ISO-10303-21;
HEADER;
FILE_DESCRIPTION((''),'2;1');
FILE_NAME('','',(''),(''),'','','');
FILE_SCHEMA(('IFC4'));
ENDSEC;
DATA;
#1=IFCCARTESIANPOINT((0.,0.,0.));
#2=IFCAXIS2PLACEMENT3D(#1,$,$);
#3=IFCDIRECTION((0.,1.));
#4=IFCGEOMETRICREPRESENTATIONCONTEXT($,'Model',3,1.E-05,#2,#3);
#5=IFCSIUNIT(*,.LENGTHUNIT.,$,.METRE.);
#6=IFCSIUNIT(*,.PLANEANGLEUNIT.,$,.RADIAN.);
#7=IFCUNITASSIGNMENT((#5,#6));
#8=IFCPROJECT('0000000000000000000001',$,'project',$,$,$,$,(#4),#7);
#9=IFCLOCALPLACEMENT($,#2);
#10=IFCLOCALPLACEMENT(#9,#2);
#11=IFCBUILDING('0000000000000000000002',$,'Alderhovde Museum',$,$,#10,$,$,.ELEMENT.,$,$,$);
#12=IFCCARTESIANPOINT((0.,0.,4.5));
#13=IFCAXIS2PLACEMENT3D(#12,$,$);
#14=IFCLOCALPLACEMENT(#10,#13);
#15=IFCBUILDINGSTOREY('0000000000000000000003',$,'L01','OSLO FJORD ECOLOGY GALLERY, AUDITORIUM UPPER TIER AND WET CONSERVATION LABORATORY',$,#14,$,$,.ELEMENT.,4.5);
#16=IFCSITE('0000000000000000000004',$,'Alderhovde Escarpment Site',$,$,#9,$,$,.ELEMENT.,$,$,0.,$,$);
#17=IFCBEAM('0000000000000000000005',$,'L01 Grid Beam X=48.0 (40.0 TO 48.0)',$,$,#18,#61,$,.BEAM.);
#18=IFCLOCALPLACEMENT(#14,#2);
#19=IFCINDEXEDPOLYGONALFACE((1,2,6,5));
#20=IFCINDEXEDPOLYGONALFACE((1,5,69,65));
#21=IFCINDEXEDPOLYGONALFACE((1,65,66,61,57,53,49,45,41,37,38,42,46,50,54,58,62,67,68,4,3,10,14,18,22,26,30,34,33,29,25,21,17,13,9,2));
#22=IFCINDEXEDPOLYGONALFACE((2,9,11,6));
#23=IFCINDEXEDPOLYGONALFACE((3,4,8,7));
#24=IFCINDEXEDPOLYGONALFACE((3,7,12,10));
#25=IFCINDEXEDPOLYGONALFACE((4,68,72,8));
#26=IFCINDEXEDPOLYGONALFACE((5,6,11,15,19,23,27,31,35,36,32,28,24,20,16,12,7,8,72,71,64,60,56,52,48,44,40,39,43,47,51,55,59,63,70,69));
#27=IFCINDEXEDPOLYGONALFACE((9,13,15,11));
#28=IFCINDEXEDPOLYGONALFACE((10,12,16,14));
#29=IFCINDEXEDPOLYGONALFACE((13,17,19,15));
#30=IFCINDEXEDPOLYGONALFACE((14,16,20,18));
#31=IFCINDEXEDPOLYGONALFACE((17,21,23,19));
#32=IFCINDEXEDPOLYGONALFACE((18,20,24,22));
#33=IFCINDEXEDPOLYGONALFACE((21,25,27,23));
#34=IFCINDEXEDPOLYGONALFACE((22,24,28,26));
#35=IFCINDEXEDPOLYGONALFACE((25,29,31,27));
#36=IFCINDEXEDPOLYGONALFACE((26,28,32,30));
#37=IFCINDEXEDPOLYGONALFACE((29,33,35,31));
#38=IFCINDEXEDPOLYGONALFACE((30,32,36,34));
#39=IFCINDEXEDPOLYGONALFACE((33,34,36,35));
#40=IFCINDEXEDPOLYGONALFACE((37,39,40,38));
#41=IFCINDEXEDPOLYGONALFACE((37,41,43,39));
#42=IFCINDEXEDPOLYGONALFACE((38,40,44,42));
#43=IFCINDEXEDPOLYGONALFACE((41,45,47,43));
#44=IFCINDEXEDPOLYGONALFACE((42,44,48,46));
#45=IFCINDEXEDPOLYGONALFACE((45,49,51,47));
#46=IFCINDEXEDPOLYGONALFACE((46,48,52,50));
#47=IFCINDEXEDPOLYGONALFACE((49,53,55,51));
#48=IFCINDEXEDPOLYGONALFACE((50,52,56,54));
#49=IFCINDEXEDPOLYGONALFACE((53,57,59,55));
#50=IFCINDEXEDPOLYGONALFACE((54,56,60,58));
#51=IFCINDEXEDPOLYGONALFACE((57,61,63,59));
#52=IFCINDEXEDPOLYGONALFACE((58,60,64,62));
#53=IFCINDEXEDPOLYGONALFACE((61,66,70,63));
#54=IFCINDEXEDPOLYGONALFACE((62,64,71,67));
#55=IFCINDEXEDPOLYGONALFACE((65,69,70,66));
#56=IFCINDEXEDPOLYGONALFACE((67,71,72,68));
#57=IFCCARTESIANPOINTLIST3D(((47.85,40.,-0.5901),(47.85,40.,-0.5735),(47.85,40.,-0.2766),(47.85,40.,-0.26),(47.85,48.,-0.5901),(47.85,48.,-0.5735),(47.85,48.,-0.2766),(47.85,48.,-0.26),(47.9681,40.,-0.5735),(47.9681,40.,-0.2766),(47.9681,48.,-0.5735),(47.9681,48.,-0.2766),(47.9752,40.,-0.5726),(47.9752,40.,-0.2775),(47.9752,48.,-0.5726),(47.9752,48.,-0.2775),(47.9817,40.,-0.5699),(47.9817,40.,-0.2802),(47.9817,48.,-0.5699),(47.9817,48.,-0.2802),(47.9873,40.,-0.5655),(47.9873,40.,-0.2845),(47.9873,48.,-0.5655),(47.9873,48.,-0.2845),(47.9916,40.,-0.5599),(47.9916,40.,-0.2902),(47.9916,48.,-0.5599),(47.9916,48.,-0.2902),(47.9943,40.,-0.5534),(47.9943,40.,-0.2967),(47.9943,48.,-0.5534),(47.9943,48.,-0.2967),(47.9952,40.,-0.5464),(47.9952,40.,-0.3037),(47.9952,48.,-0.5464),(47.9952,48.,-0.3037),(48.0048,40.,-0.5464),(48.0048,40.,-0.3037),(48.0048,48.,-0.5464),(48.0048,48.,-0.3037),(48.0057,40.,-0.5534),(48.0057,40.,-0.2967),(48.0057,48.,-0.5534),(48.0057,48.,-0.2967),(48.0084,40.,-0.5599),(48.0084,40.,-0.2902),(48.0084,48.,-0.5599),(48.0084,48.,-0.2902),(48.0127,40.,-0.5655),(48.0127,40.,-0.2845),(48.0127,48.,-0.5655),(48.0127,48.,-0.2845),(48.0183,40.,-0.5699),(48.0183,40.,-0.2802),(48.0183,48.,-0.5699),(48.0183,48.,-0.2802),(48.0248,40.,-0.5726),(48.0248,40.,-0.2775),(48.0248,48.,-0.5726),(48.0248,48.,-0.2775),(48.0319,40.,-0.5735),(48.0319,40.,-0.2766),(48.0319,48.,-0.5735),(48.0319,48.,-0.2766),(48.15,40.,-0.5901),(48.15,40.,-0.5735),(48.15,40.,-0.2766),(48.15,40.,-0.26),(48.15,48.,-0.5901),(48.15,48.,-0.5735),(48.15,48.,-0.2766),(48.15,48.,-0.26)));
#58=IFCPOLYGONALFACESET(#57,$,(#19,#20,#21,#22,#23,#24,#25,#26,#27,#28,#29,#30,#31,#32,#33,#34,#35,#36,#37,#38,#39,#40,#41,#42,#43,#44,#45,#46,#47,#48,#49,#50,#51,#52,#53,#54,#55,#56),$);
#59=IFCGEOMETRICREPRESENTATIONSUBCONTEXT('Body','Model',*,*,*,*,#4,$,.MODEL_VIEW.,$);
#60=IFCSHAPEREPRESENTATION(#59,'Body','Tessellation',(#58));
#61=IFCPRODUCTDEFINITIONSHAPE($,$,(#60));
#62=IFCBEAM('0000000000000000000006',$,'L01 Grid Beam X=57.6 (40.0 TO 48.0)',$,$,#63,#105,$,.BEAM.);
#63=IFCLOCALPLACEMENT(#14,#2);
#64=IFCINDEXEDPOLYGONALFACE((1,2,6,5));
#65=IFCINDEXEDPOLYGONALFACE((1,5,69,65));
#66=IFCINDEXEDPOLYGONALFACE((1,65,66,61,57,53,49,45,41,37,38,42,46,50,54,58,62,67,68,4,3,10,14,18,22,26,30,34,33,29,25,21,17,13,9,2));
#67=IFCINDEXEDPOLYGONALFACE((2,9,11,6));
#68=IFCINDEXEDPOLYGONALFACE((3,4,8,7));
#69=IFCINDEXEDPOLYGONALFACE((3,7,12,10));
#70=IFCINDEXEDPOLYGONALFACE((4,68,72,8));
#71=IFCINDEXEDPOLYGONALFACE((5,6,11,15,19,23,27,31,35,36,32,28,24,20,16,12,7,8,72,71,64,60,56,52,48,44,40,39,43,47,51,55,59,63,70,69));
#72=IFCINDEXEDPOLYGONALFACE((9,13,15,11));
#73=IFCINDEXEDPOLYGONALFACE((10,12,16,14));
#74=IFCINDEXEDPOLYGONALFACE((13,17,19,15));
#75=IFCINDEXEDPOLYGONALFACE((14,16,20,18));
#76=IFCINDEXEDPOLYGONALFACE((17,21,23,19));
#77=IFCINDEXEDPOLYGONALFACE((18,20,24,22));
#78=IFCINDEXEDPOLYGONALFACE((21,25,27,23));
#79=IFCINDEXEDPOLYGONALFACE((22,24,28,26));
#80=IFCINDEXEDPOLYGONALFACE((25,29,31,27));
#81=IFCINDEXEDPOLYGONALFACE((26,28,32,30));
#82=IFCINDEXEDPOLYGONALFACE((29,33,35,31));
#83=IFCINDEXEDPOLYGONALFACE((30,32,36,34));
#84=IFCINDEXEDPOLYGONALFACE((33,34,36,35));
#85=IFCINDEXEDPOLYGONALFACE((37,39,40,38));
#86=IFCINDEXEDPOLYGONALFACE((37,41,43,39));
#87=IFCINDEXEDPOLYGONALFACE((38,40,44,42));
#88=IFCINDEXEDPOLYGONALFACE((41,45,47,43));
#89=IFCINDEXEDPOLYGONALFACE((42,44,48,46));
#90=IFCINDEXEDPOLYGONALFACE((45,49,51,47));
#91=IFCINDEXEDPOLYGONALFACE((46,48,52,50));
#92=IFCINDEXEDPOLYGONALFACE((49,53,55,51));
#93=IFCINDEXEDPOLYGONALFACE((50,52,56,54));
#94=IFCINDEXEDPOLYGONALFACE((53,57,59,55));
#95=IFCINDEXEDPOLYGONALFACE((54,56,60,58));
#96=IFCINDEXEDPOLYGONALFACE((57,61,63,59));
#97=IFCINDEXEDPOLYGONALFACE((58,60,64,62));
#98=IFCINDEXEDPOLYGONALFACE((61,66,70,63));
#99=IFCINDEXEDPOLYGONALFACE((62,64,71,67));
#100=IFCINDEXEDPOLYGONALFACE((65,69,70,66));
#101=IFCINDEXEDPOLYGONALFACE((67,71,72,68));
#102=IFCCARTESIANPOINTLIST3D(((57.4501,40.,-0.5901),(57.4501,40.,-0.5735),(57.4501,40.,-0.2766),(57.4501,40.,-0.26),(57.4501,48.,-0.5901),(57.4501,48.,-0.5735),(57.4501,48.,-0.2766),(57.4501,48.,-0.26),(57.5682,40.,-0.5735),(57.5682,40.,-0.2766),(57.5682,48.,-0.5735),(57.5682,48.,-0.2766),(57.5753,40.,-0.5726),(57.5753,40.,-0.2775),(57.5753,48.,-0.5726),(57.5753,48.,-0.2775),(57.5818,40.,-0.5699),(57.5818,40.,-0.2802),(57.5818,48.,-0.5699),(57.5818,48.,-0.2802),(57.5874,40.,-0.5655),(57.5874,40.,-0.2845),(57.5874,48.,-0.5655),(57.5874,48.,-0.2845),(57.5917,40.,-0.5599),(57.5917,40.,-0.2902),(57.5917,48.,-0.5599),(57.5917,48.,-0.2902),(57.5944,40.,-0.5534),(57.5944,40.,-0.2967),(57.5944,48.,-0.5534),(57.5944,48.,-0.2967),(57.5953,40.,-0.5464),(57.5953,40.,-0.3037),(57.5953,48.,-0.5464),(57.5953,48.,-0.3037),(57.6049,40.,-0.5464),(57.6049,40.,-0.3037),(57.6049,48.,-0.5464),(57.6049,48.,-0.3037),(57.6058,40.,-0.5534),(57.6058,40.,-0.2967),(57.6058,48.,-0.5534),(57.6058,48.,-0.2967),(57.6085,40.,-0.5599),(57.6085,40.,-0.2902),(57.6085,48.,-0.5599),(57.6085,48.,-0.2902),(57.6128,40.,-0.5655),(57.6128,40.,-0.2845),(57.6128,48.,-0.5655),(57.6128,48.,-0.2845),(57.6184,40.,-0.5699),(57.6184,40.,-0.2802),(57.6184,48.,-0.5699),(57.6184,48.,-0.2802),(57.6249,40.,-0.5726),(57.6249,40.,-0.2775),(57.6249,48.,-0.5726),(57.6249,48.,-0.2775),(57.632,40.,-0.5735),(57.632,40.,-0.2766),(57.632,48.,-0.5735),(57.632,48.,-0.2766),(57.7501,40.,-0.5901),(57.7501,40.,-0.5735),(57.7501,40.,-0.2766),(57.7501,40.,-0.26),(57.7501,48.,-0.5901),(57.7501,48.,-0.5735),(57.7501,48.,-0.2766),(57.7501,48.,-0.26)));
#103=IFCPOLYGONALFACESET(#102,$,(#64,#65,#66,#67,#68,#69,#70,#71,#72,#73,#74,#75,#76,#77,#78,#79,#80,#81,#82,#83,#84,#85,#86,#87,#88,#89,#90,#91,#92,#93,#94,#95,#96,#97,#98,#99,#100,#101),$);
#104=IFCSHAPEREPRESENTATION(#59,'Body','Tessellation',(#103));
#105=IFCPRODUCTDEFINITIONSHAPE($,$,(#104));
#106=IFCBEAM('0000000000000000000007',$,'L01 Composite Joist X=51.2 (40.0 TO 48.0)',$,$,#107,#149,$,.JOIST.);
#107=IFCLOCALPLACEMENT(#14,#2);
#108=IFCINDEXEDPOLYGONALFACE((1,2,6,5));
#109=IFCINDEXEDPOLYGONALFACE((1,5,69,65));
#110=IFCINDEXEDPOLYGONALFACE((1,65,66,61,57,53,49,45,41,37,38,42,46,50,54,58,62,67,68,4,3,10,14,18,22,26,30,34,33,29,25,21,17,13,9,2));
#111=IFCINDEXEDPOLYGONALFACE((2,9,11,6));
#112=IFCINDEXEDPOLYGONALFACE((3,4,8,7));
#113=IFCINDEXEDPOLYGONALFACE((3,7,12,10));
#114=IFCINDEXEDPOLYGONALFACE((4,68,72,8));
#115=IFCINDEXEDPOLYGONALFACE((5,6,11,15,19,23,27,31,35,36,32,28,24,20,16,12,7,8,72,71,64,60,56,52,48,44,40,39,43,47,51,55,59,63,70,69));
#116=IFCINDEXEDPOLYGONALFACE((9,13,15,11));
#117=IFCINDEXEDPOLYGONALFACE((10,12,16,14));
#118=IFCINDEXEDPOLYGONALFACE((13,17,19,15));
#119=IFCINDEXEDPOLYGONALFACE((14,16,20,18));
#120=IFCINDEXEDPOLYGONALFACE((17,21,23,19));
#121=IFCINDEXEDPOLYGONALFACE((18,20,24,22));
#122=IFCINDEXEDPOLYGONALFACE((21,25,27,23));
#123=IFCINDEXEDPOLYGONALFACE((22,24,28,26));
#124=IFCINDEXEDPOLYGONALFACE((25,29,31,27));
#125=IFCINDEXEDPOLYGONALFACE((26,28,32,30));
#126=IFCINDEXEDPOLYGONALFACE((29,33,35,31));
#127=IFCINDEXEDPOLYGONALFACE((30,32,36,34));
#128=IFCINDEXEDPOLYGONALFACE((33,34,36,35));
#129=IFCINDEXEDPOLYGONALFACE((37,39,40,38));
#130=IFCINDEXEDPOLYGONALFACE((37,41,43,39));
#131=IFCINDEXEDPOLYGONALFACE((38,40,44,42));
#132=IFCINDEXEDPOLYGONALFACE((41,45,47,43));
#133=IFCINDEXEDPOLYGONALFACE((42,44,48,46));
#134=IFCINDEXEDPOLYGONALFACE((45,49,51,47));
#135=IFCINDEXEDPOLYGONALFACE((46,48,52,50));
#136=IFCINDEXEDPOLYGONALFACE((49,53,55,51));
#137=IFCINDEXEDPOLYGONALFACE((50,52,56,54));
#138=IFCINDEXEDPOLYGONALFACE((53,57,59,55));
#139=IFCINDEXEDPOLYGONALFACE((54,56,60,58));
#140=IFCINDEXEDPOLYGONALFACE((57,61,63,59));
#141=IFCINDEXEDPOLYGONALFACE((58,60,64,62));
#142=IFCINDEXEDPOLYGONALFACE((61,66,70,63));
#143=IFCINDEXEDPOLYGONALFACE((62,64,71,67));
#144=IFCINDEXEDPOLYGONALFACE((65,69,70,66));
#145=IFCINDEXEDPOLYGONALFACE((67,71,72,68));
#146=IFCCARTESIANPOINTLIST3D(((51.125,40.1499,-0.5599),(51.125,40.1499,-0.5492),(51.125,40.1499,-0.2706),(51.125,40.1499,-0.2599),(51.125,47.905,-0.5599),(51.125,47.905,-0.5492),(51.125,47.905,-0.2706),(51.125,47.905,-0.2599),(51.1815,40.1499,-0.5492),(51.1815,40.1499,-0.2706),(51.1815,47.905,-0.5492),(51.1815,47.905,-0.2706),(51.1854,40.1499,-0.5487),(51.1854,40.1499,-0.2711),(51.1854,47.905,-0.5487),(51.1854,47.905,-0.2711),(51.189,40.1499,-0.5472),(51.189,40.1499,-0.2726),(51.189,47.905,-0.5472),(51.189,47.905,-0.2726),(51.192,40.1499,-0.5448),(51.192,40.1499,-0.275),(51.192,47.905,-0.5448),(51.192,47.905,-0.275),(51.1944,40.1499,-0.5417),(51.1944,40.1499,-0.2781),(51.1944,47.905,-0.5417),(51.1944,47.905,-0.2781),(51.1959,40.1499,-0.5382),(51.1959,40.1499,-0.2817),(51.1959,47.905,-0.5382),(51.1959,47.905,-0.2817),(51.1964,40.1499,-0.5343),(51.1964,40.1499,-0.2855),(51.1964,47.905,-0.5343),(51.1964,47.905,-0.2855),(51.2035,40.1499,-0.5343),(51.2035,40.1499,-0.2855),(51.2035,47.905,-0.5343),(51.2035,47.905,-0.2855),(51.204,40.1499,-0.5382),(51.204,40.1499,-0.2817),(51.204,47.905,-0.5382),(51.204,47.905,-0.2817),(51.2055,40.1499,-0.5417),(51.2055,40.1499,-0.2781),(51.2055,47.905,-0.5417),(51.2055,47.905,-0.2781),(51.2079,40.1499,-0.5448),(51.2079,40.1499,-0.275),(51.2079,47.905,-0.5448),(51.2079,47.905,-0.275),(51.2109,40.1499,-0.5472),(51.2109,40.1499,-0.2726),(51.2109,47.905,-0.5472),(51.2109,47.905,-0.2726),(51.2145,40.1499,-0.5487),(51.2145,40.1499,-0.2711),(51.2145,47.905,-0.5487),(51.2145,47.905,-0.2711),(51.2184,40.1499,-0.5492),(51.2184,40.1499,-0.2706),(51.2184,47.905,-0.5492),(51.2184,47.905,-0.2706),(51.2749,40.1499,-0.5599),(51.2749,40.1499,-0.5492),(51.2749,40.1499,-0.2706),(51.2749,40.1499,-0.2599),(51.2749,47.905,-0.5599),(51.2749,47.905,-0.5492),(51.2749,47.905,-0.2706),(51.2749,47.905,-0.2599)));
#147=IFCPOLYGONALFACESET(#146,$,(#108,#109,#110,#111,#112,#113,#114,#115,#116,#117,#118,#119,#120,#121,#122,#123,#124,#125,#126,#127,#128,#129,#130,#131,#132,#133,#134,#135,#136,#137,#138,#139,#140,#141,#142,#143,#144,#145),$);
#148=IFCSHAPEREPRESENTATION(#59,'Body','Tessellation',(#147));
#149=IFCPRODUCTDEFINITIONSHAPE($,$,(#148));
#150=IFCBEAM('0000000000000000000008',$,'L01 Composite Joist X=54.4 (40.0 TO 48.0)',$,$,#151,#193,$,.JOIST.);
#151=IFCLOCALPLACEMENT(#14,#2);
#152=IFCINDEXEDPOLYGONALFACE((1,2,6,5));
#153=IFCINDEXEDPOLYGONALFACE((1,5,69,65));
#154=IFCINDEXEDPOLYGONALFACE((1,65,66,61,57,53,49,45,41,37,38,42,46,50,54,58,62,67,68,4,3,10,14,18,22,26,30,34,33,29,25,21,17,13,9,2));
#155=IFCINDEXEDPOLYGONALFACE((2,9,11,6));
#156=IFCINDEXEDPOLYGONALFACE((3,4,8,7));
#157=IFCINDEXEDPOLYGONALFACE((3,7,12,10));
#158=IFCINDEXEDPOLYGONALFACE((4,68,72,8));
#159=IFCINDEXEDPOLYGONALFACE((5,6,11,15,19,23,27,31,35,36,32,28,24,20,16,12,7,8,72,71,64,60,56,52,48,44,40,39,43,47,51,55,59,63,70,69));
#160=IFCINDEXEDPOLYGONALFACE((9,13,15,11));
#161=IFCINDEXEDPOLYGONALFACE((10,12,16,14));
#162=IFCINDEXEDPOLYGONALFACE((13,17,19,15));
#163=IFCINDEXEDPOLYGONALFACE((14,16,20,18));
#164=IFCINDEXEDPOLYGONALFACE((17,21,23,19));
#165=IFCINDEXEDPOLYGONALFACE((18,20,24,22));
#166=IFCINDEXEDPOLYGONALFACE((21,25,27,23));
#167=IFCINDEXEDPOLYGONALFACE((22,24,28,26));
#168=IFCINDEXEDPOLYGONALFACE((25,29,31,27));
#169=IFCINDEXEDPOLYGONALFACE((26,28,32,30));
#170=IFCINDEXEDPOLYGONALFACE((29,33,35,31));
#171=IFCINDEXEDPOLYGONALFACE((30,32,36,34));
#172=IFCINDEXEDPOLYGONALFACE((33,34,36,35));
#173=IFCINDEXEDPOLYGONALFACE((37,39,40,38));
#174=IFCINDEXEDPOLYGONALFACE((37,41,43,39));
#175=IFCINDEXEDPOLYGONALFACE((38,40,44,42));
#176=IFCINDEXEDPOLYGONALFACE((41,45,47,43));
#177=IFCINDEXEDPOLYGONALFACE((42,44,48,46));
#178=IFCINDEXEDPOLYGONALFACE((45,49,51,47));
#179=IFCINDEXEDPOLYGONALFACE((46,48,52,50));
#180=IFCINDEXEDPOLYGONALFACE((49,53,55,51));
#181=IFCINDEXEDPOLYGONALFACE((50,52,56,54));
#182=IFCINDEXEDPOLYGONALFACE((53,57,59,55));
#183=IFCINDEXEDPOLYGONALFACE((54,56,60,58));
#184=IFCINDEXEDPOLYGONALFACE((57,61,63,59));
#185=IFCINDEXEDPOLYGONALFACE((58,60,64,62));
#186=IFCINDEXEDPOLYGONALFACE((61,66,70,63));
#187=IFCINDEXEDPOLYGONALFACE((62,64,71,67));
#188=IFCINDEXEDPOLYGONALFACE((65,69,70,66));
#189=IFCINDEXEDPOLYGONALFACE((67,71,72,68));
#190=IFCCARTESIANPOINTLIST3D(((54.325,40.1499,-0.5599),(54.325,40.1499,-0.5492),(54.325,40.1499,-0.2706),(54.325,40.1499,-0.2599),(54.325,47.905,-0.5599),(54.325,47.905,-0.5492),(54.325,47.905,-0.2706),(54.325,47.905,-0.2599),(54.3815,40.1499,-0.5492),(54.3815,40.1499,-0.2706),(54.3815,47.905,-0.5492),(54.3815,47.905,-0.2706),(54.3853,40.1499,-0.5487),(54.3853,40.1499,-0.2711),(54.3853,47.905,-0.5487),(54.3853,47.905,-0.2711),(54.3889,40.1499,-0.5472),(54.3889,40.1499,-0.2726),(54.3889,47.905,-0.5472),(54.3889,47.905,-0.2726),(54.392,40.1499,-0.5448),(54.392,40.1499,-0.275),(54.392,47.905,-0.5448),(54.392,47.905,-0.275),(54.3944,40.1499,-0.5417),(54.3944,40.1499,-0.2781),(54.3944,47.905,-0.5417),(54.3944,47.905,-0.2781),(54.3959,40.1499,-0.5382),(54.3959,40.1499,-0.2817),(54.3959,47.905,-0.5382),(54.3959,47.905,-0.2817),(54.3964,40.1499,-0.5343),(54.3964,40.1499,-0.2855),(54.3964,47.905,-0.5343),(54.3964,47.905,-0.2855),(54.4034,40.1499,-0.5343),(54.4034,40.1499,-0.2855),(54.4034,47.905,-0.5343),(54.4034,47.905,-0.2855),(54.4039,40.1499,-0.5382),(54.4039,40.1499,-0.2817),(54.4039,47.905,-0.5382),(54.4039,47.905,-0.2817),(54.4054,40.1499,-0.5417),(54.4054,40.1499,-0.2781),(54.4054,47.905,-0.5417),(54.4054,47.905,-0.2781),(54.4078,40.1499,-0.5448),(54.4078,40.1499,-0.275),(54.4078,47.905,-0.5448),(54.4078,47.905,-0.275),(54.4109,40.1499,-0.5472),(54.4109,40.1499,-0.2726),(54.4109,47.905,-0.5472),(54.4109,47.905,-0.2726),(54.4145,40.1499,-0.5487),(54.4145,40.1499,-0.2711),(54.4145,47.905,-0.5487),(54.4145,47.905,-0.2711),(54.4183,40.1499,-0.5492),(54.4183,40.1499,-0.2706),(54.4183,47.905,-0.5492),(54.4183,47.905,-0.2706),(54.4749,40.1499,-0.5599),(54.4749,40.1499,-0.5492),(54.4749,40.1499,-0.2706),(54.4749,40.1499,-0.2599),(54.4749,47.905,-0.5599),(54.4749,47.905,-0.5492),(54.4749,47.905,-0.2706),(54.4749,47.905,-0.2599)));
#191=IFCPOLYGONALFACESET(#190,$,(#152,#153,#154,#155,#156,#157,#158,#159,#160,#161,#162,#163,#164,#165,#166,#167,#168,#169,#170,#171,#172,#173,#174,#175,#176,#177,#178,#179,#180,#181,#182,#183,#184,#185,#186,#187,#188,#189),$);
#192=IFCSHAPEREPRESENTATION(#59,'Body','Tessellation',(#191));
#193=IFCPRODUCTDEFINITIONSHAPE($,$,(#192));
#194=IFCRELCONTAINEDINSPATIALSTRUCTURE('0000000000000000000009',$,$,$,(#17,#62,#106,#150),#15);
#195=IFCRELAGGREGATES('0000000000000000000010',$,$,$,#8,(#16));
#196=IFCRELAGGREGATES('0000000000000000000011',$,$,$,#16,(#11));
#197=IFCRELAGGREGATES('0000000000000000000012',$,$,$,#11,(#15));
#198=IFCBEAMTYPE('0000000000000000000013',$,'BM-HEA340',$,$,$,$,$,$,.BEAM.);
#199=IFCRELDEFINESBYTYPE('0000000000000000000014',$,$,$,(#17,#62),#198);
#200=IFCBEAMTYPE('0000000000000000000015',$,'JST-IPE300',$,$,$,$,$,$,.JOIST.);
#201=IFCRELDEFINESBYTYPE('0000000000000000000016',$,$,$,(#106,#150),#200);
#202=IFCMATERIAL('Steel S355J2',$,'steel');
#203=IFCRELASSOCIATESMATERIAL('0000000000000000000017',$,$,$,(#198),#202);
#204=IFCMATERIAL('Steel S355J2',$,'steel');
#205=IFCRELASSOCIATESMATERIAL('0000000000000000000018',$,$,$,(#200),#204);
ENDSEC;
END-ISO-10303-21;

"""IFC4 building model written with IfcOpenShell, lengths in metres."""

from ifc_helpers import new_model, si_unit, direction, frame, origin, origin_2d, place, context, subcontext, project, spatial, i_section, extrude, material, material_profile, profile_set, type_object, element, save


model = new_model("IFC4")

# Units and contexts
model_context = context("Model", 3, precision=1e-05, world=origin(), true_north=direction((0.0, 1.0)))
body_context = subcontext(model_context, "Body", "Model", "MODEL_VIEW")
ifc_project = project(units=[si_unit("LENGTHUNIT", "METRE"), si_unit("PLANEANGLEUNIT", "RADIAN")], contexts=[model_context])

# Site, building, storey
site_placement = place(None, origin())
site = spatial("IfcSite", under=ifc_project, at=site_placement, Name="Alderhovde Escarpment Site", CompositionType="ELEMENT", RefElevation=0.0)
building_placement = place(site_placement, origin())
building = spatial("IfcBuilding", under=site, at=building_placement, Name="Alderhovde Museum", CompositionType="ELEMENT")
storey_placement = place(building_placement, frame((0.0, 0.0, 4.5)))
storey = spatial("IfcBuildingStorey", under=building, at=storey_placement, Name="L01", Description="OSLO FJORD ECOLOGY GALLERY, AUDITORIUM UPPER TIER AND WET CONSERVATION LABORATORY", CompositionType="ELEMENT", Elevation=4.5)

# Beams
ifc_material_1 = material(Name="Steel S355J2", Category="steel")
ifc_material_profile_1 = material_profile(ifc_material_1, i_section(OverallWidth=0.3, OverallDepth=0.3301, WebThickness=0.0095, FlangeThickness=0.0166, FilletRadius=0.0271, at=origin_2d()), Name="HEA 340")
ifc_profile_set_1 = profile_set([ifc_material_profile_1], Name="Steel S355J2")
beam_type_1 = type_object("IfcBeamType", Name="BM-HEA340", PredefinedType="BEAM", material=ifc_profile_set_1)
for number, where, z_axis, x_axis, name in (
    (1, (48.0, 40.0, -0.425), (0.0, 1.0, 0.0), (-1.0, 0.0, 0.0), "L01 Grid Beam X=48.0 (40.0 TO 48.0)"),
    (2, (57.6001, 40.0, -0.425), (0.0, 1.0, 0.0), (-1.0, 0.0, 0.0), "L01 Grid Beam X=57.6 (40.0 TO 48.0)"),
):
    element("IfcBeam", number, at=place(storey_placement, frame(where, z_axis=z_axis, x_axis=x_axis)), inside=storey, type_object=beam_type_1, Name=name, PredefinedType="BEAM", context=body_context, shape_type="SweptSolid", body=[
        extrude(i_section(OverallWidth=0.3, OverallDepth=0.3301, WebThickness=0.0095, FlangeThickness=0.0166, FilletRadius=0.0271, at=origin_2d()), origin(), (0.0, 0.0, 1.0), 8.0),
    ])
ifc_material_2 = material(Name="Steel S355J2", Category="steel")
ifc_material_profile_2 = material_profile(ifc_material_2, i_section(OverallWidth=0.1499, OverallDepth=0.3, WebThickness=0.0071, FlangeThickness=0.0107, FilletRadius=0.0149, at=origin_2d()), Name="IPE 300")
ifc_profile_set_2 = profile_set([ifc_material_profile_2], Name="Steel S355J2")
beam_type_2 = type_object("IfcBeamType", Name="JST-IPE300", PredefinedType="JOIST", material=ifc_profile_set_2)
for number, where, z_axis, x_axis, name in (
    (3, (51.2, 40.1499, -0.4099), (0.0, 1.0, 0.0), (-1.0, 0.0, 0.0), "L01 Composite Joist X=51.2 (40.0 TO 48.0)"),
    (4, (54.3999, 40.1499, -0.4099), (0.0, 1.0, 0.0), (-1.0, 0.0, 0.0), "L01 Composite Joist X=54.4 (40.0 TO 48.0)"),
):
    element("IfcBeam", number, at=place(storey_placement, frame(where, z_axis=z_axis, x_axis=x_axis)), inside=storey, type_object=beam_type_2, Name=name, PredefinedType="JOIST", context=body_context, shape_type="SweptSolid", body=[
        extrude(i_section(OverallWidth=0.1499, OverallDepth=0.3, WebThickness=0.0071, FlangeThickness=0.0107, FilletRadius=0.0149, at=origin_2d()), origin(), (0.0, 0.0, 1.0), 7.7551),
    ])

save(model, "model.ifc")
